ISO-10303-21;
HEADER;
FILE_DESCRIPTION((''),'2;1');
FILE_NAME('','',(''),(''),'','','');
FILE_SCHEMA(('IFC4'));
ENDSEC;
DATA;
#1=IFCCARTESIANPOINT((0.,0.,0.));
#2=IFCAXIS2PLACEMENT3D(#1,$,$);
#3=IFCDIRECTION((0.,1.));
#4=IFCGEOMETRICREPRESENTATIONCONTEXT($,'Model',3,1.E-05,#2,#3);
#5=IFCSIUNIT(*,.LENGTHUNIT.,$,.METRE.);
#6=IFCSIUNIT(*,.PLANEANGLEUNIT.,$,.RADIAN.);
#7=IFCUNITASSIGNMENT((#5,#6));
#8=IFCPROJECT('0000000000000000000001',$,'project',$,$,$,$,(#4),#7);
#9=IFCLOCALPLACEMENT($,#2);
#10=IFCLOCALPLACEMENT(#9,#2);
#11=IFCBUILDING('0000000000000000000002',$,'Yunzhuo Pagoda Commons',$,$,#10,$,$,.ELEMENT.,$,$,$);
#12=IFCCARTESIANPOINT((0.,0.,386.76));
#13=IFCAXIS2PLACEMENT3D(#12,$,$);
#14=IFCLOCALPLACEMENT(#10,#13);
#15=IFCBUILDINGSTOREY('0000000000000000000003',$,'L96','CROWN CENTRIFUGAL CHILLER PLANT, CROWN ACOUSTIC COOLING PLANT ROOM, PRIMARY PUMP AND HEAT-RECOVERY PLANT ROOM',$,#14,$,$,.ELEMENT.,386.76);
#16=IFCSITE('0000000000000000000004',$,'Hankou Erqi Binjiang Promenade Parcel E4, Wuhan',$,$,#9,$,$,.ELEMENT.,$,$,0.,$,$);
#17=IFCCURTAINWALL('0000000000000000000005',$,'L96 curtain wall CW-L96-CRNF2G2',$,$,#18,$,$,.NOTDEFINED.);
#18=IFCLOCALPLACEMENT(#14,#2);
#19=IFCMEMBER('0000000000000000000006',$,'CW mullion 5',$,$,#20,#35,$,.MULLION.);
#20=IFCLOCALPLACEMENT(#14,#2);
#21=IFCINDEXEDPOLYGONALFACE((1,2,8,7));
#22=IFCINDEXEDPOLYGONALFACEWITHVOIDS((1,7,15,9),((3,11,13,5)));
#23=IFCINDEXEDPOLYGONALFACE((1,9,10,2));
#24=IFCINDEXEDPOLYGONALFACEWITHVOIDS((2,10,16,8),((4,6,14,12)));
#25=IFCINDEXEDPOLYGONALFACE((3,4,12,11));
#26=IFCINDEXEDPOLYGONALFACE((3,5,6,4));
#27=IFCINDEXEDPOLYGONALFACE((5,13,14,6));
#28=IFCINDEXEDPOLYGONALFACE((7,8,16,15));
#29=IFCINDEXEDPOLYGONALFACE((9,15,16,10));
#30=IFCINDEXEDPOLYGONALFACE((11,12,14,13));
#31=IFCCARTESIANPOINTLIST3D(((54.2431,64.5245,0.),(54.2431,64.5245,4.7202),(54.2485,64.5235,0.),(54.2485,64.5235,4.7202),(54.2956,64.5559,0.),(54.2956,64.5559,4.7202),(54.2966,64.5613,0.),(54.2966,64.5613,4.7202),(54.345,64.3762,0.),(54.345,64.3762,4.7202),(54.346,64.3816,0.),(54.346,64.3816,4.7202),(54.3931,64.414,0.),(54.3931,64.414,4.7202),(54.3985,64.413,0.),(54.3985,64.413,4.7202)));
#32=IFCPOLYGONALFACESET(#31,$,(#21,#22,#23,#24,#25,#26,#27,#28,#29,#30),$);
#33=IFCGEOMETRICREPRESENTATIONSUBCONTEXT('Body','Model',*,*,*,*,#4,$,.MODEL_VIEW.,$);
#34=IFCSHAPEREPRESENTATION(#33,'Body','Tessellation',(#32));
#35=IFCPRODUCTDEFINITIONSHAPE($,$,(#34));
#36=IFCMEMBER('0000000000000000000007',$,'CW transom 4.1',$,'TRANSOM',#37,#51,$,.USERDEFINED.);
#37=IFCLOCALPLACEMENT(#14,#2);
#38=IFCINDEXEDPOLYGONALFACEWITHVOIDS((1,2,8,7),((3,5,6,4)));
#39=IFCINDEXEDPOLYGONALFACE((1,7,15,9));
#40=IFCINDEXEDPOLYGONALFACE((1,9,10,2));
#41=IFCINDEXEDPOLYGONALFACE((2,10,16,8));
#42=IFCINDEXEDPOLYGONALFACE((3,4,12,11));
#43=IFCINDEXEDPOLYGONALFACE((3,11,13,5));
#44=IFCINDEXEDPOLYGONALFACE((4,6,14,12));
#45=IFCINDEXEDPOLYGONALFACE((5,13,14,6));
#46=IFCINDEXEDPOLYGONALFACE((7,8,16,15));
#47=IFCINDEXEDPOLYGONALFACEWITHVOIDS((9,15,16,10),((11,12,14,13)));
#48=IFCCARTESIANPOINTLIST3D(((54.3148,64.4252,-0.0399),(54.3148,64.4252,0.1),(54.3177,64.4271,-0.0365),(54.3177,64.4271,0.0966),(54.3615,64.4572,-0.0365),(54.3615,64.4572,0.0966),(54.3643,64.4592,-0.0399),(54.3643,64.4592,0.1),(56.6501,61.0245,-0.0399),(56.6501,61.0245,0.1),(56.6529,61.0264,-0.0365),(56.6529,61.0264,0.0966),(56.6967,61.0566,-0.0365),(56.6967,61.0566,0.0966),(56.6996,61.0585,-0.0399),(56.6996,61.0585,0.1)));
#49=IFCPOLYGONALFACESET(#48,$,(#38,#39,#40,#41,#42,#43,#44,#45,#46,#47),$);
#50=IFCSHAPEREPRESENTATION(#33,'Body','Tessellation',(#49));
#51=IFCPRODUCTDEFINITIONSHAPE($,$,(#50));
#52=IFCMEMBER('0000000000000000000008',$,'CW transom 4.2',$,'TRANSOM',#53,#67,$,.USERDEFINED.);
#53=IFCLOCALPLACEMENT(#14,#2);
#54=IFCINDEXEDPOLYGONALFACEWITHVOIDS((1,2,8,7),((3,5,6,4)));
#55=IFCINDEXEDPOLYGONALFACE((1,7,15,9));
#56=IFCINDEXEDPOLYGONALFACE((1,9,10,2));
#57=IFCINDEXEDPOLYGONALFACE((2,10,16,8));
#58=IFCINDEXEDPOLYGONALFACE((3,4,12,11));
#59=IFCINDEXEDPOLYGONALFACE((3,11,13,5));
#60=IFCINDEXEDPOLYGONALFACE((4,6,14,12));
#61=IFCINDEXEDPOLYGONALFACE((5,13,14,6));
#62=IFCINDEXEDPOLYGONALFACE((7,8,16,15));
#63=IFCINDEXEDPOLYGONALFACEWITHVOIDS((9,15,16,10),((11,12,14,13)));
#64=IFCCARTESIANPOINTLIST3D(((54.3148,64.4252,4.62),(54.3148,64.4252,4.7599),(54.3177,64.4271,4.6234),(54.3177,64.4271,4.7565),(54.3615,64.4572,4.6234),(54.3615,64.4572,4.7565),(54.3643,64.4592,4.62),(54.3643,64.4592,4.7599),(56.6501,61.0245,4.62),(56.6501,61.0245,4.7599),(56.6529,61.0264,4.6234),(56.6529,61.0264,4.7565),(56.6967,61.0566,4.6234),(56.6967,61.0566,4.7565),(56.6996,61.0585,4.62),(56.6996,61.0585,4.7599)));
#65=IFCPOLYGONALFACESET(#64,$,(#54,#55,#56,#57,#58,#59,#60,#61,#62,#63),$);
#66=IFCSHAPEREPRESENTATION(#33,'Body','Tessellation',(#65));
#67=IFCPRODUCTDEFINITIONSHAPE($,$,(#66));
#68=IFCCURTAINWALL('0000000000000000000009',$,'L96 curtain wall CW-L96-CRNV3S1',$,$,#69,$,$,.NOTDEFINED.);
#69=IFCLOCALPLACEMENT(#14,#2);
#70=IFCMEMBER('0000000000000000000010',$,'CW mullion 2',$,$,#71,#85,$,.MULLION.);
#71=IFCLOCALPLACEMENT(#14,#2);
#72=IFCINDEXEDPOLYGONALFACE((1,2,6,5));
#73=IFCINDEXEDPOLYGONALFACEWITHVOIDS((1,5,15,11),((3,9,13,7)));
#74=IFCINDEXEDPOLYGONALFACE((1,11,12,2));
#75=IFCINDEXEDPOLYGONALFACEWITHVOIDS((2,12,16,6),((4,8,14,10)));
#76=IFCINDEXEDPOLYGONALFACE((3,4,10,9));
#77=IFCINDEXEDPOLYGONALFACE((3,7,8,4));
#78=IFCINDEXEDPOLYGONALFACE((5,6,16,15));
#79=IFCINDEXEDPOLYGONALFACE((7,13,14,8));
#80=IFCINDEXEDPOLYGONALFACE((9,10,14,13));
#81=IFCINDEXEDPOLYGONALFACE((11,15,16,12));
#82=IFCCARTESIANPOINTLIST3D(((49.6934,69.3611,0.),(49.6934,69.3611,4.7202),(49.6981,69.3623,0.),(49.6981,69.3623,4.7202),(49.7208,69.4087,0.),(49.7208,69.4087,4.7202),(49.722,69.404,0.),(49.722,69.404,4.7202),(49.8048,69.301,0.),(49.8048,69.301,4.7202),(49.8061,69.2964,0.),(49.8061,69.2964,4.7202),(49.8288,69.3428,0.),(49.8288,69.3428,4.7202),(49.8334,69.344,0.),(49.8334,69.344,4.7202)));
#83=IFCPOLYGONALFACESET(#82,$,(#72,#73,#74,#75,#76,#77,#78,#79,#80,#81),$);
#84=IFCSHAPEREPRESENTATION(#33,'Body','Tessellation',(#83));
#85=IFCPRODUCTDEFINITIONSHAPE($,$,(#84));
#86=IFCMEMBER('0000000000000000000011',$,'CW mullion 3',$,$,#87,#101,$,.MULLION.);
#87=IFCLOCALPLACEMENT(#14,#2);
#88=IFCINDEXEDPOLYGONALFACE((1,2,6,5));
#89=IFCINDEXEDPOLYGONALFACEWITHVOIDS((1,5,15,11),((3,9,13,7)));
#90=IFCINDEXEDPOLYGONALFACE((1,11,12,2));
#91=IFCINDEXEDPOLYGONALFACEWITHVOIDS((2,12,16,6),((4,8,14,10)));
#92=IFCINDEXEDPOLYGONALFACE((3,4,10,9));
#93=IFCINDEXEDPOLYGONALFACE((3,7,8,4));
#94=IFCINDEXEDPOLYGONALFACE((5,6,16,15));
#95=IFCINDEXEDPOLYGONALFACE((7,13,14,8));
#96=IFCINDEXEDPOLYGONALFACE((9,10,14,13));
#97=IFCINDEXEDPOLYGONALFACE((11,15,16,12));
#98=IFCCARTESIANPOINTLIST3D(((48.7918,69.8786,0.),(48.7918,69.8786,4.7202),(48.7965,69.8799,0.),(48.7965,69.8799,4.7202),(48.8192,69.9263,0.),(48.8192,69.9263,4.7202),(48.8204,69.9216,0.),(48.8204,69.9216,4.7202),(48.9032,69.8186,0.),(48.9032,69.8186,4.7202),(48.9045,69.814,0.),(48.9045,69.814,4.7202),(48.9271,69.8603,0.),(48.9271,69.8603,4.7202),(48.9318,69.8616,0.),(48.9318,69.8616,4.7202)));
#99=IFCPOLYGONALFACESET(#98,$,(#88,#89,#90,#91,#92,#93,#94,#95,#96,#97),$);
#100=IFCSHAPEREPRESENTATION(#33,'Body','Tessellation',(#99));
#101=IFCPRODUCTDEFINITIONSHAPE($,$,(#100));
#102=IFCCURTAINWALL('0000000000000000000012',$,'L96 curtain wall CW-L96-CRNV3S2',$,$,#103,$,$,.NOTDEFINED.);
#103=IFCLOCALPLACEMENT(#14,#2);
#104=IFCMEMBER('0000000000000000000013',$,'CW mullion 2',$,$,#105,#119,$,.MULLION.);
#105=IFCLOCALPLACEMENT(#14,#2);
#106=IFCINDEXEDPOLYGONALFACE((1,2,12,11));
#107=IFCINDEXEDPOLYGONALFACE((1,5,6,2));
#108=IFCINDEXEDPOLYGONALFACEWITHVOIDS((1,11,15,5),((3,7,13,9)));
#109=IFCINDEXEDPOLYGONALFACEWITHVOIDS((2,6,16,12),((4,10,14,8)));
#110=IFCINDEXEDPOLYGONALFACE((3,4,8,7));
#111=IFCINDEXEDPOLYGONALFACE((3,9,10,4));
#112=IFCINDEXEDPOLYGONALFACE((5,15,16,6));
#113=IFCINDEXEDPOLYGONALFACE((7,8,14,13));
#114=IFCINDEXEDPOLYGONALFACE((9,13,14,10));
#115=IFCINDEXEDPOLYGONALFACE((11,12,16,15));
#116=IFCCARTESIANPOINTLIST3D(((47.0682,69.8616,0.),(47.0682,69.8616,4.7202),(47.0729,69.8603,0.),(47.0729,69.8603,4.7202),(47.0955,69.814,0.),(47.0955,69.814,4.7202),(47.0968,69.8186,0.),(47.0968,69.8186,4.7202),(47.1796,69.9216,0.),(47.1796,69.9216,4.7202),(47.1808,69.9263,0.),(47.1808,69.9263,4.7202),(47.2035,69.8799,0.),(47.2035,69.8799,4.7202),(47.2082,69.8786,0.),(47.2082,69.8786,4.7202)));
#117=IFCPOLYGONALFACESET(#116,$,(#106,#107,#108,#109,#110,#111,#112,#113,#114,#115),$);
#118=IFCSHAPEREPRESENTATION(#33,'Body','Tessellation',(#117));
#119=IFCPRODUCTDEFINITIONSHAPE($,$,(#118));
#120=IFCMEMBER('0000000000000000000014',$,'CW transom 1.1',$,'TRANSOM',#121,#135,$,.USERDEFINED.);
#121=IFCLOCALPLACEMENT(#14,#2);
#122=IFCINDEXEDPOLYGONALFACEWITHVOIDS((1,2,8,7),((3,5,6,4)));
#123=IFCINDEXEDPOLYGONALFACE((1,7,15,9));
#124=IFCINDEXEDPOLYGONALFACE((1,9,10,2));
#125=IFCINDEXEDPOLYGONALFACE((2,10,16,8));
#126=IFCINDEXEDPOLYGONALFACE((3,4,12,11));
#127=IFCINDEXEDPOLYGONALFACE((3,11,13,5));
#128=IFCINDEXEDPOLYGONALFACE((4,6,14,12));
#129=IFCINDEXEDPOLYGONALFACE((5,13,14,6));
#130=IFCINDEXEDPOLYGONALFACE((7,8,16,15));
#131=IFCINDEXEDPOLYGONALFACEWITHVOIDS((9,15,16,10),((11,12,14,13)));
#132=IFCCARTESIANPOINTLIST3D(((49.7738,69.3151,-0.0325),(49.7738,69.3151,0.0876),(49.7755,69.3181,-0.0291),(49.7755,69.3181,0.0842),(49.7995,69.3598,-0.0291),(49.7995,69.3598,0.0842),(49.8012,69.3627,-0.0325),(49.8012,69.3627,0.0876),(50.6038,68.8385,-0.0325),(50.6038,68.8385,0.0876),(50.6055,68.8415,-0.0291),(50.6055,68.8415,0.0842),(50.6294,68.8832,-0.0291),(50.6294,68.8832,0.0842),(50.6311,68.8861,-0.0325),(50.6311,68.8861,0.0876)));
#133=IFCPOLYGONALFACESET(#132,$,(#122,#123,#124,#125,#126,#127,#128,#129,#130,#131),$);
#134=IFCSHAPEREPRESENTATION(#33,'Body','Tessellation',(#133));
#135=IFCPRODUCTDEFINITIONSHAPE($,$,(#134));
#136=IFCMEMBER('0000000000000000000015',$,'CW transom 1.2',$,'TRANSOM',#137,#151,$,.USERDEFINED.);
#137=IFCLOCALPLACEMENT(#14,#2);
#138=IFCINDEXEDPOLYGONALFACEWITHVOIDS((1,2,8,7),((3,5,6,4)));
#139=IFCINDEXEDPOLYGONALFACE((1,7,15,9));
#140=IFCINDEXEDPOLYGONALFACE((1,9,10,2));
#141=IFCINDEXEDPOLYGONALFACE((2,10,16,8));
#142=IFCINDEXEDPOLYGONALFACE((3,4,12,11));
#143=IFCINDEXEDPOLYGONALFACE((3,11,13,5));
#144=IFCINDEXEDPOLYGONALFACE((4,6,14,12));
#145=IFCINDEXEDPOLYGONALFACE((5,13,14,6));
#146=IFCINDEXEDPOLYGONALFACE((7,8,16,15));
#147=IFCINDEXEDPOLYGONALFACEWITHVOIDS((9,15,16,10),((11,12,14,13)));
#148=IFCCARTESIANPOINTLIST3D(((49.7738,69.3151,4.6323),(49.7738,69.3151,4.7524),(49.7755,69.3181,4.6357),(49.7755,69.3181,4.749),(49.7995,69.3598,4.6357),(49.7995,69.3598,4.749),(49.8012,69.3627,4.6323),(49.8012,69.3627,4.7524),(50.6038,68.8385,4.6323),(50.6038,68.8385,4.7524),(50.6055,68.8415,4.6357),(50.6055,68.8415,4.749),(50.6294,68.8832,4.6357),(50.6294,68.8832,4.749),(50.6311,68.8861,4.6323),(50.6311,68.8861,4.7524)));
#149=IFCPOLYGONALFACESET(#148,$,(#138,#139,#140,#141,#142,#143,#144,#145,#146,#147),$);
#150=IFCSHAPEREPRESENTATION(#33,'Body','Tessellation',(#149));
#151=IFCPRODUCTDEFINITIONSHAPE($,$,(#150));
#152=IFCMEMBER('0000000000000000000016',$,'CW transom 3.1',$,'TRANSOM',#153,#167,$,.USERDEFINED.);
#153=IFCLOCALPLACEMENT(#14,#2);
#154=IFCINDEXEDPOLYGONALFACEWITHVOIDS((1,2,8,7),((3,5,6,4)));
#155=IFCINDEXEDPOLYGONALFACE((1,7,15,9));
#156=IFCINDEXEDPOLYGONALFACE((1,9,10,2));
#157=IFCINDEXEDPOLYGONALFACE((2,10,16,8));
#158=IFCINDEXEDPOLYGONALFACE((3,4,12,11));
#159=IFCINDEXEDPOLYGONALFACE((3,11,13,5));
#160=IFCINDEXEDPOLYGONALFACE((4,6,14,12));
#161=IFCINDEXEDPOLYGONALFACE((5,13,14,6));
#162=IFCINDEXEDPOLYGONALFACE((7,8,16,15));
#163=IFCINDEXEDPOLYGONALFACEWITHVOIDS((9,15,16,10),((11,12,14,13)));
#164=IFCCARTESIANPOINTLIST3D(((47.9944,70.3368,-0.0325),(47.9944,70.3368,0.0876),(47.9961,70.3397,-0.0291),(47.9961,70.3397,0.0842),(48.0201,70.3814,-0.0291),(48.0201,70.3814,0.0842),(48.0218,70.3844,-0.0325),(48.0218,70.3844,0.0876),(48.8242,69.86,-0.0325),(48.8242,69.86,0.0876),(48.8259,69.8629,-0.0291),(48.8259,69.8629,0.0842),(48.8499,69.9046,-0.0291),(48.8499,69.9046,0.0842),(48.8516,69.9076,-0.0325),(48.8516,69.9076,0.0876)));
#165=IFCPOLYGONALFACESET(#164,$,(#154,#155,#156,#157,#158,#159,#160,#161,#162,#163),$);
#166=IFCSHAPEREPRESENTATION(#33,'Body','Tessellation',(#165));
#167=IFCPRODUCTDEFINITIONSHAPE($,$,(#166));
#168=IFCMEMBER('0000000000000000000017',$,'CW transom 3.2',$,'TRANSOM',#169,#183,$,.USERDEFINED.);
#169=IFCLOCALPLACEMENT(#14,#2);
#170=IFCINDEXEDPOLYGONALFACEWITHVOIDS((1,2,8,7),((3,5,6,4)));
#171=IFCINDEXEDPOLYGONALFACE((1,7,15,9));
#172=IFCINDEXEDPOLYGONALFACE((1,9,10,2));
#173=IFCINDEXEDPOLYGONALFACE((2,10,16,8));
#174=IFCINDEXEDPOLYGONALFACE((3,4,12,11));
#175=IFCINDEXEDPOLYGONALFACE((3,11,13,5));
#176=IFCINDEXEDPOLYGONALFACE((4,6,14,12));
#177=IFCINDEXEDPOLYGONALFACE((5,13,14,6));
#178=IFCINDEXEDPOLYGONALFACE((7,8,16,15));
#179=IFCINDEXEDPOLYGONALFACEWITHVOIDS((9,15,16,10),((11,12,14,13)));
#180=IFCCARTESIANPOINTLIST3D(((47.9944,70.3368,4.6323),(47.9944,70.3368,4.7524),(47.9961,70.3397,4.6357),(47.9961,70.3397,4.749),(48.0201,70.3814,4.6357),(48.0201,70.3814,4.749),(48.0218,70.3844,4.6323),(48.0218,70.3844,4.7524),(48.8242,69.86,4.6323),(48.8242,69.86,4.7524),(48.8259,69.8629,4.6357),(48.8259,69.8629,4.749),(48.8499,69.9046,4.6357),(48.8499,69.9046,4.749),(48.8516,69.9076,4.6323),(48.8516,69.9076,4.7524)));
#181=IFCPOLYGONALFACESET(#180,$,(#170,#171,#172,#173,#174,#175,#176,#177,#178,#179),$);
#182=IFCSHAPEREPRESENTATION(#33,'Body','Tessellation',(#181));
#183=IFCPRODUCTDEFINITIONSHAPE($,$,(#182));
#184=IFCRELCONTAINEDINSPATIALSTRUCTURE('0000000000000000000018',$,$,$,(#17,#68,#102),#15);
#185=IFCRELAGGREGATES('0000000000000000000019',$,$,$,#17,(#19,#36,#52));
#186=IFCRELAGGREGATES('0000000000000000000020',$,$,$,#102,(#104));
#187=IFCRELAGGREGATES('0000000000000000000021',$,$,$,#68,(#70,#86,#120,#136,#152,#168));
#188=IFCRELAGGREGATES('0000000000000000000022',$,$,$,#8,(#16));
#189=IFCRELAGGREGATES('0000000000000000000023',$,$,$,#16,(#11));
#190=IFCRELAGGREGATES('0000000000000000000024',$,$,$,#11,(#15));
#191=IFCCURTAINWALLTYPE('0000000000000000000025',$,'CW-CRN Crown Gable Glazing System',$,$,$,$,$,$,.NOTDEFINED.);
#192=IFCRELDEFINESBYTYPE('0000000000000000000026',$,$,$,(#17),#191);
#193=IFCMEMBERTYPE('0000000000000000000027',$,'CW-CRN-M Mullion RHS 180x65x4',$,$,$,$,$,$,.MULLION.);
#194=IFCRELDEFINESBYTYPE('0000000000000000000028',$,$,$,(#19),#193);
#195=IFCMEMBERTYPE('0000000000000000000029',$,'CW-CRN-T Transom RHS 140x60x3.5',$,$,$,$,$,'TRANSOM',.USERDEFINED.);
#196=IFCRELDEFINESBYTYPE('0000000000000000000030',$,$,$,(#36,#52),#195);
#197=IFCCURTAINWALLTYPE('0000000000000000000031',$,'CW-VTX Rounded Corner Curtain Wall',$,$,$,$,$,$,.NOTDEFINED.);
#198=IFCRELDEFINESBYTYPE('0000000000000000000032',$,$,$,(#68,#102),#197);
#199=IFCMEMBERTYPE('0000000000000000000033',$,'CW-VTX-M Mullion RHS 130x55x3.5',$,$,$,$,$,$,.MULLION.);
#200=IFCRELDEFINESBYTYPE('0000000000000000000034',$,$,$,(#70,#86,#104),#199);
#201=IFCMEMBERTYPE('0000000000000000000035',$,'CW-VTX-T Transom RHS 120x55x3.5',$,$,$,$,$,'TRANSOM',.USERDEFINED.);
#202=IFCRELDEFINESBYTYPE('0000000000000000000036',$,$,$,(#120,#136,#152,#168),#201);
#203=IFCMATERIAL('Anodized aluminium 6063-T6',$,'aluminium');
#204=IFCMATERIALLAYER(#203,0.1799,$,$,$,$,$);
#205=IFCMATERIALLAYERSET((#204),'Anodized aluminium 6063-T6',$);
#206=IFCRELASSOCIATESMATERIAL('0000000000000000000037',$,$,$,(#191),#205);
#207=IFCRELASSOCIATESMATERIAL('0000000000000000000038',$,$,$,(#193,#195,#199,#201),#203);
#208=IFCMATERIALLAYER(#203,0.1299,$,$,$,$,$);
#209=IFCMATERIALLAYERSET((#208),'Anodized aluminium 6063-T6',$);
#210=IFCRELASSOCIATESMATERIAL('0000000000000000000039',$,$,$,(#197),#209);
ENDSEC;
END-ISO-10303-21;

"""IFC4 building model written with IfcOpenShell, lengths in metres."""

from ifc_helpers import new_model, si_unit, direction, frame, origin, origin_2d, place, context, subcontext, project, spatial, hollow_rectangle, extrude, source, transform, mapped, material, layer, layer_set, material_profile, profile_set, type_object, element, aggregate, save


model = new_model("IFC4")

# Units and contexts
model_context = context("Model", 3, precision=1e-05, world=origin(), true_north=direction((0.0, 1.0)))
body_context = subcontext(model_context, "Body", "Model", "MODEL_VIEW")
ifc_project = project(units=[si_unit("LENGTHUNIT", "METRE"), si_unit("PLANEANGLEUNIT", "RADIAN")], contexts=[model_context])

# Site, building, storey
site_placement = place(None, origin())
site = spatial("IfcSite", under=ifc_project, at=site_placement, Name="Hankou Erqi Binjiang Promenade Parcel E4, Wuhan", CompositionType="ELEMENT", RefElevation=0.0)
building_placement = place(site_placement, origin())
building = spatial("IfcBuilding", under=site, at=building_placement, Name="Yunzhuo Pagoda Commons", CompositionType="ELEMENT")
storey_placement = place(building_placement, frame((0.0, 0.0, 386.76)))
storey = spatial("IfcBuildingStorey", under=building, at=storey_placement, Name="L96", Description="CROWN CENTRIFUGAL CHILLER PLANT, CROWN ACOUSTIC COOLING PLANT ROOM, PRIMARY PUMP AND HEAT-RECOVERY PLANT ROOM", CompositionType="ELEMENT", Elevation=386.76)

# Curtain walls, members
ifc_material_1 = material(Name="Anodized aluminium 6063-T6", Category="aluminium")
ifc_layer_1 = layer(ifc_material_1, 0.1799)
ifc_layer_set_1 = layer_set([ifc_layer_1], Name="Anodized aluminium 6063-T6")
curtain_wall_type_1 = type_object("IfcCurtainWallType", Name="CW-CRN Crown Gable Glazing System", PredefinedType="NOTDEFINED", material=ifc_layer_set_1)
curtain_wall_1_placement = place(storey_placement, origin())
curtain_wall_1 = element("IfcCurtainWall", 1, at=curtain_wall_1_placement, inside=storey, type_object=curtain_wall_type_1, Name="L96 curtain wall CW-L96-CRNF2G2", PredefinedType="NOTDEFINED")
ifc_material_profile_1 = material_profile(ifc_material_1, hollow_rectangle(XDim=0.0649, YDim=0.1799, WallThickness=0.0039, at=origin_2d()), Name="Anodized aluminium 6063-T6")
ifc_profile_set_1 = profile_set([ifc_material_profile_1], Name="Anodized aluminium 6063-T6")
member_type_1 = type_object("IfcMemberType", Name="CW-CRN-M Mullion RHS 180x65x4", PredefinedType="MULLION", material=ifc_profile_set_1)
shared_shape_1 = source(origin(), body_context, "Body", "SweptSolid", [
    extrude(hollow_rectangle(XDim=0.0649, YDim=0.1799, WallThickness=0.0039, at=origin_2d()), origin(), (0.0, 0.0, 1.0), 4.7202),
])
member_1_placement = place(storey_placement, frame((54.3208, 64.4688, 0.0), z_axis=(0.0, 0.0, 1.0), x_axis=(-0.824296, -0.566159, 0.0)))
member_1 = element("IfcMember", 2, at=member_1_placement, type_object=member_type_1, Name="CW mullion 5", PredefinedType="MULLION", context=body_context, shape_type="MappedRepresentation", body=[
    mapped(shared_shape_1, transform((0.0, 0.0, 0.0), scale=1.0)),
])
ifc_material_profile_2 = material_profile(ifc_material_1, hollow_rectangle(XDim=0.0601, YDim=0.1399, WallThickness=0.0034, at=origin_2d()), Name="Anodized aluminium 6063-T6")
ifc_profile_set_2 = profile_set([ifc_material_profile_2], Name="Anodized aluminium 6063-T6")
member_type_2 = type_object("IfcMemberType", Name="CW-CRN-T Transom RHS 140x60x3.5", ElementType="TRANSOM", PredefinedType="USERDEFINED", material=ifc_profile_set_2)
shared_shape_2 = source(origin(), body_context, "Body", "SweptSolid", [
    extrude(hollow_rectangle(XDim=0.0601, YDim=0.1399, WallThickness=0.0034, at=origin_2d()), origin(), (0.0, 0.0, 1.0), 4.1252),
])
member_2_placement = place(storey_placement, frame((56.6748, 61.0415, 0.03), z_axis=(-0.566079, 0.824351, 0.0), x_axis=(-0.824351, -0.566079, 0.0)))
member_2 = element("IfcMember", 3, at=member_2_placement, type_object=member_type_2, Name="CW transom 4.1", ObjectType="TRANSOM", PredefinedType="USERDEFINED", context=body_context, shape_type="MappedRepresentation", body=[
    mapped(shared_shape_2, transform((0.0, 0.0, 0.0), scale=1.0)),
])
member_3_placement = place(storey_placement, frame((56.6748, 61.0415, 4.6899), z_axis=(-0.566079, 0.824351, 0.0), x_axis=(-0.824351, -0.566079, 0.0)))
member_3 = element("IfcMember", 4, at=member_3_placement, type_object=member_type_2, Name="CW transom 4.2", ObjectType="TRANSOM", PredefinedType="USERDEFINED", context=body_context, shape_type="MappedRepresentation", body=[
    mapped(shared_shape_2, transform((0.0, 0.0, 0.0), scale=1.0)),
])
ifc_layer_2 = layer(ifc_material_1, 0.1299)
ifc_layer_set_2 = layer_set([ifc_layer_2], Name="Anodized aluminium 6063-T6")
curtain_wall_type_2 = type_object("IfcCurtainWallType", Name="CW-VTX Rounded Corner Curtain Wall", PredefinedType="NOTDEFINED", material=ifc_layer_set_2)
curtain_wall_2_placement = place(storey_placement, origin())
curtain_wall_2 = element("IfcCurtainWall", 5, at=curtain_wall_2_placement, inside=storey, type_object=curtain_wall_type_2, Name="L96 curtain wall CW-L96-CRNV3S1", PredefinedType="NOTDEFINED")
ifc_material_profile_3 = material_profile(ifc_material_1, hollow_rectangle(XDim=0.0549, YDim=0.1299, WallThickness=0.0034, at=origin_2d()), Name="Anodized aluminium 6063-T6")
ifc_profile_set_3 = profile_set([ifc_material_profile_3], Name="Anodized aluminium 6063-T6")
member_type_3 = type_object("IfcMemberType", Name="CW-VTX-M Mullion RHS 130x55x3.5", PredefinedType="MULLION", material=ifc_profile_set_3)
shared_shape_3 = source(origin(), body_context, "Body", "SweptSolid", [
    extrude(hollow_rectangle(XDim=0.0549, YDim=0.1299, WallThickness=0.0034, at=origin_2d()), origin(), (0.0, 0.0, 1.0), 4.7202),
])
member_4_placement = place(storey_placement, frame((49.7634, 69.3525, 0.0), z_axis=(0.0, 0.0, 1.0), x_axis=(-0.497937, -0.867213, 0.0)))
member_4 = element("IfcMember", 6, at=member_4_placement, type_object=member_type_3, Name="CW mullion 2", PredefinedType="MULLION", context=body_context, shape_type="MappedRepresentation", body=[
    mapped(shared_shape_3, transform((0.0, 0.0, 0.0), scale=1.0)),
])
member_5_placement = place(storey_placement, frame((48.8618, 69.8701, 0.0), z_axis=(0.0, 0.0, 1.0), x_axis=(-0.497937, -0.867213, 0.0)))
member_5 = element("IfcMember", 7, at=member_5_placement, type_object=member_type_3, Name="CW mullion 3", PredefinedType="MULLION", context=body_context, shape_type="MappedRepresentation", body=[
    mapped(shared_shape_3, transform((0.0, 0.0, 0.0), scale=1.0)),
])

# Curtain wall, member
curtain_wall_3_placement = place(storey_placement, origin())
curtain_wall_3 = element("IfcCurtainWall", 8, at=curtain_wall_3_placement, inside=storey, type_object=curtain_wall_type_2, Name="L96 curtain wall CW-L96-CRNV3S2", PredefinedType="NOTDEFINED")
member_6_placement = place(storey_placement, frame((47.1382, 69.8701, 0.0), z_axis=(0.0, 0.0, 1.0), x_axis=(0.497937, -0.867213, 0.0)))
member_6 = element("IfcMember", 9, at=member_6_placement, type_object=member_type_3, Name="CW mullion 2", PredefinedType="MULLION", context=body_context, shape_type="MappedRepresentation", body=[
    mapped(shared_shape_3, transform((0.0, 0.0, 0.0), scale=1.0)),
])

# Members
ifc_material_profile_4 = material_profile(ifc_material_1, hollow_rectangle(XDim=0.0549, YDim=0.1201, WallThickness=0.0034, at=origin_2d()), Name="Anodized aluminium 6063-T6")
ifc_profile_set_4 = profile_set([ifc_material_profile_4], Name="Anodized aluminium 6063-T6")
member_type_4 = type_object("IfcMemberType", Name="CW-VTX-T Transom RHS 120x55x3.5", ElementType="TRANSOM", PredefinedType="USERDEFINED", material=ifc_profile_set_4)
shared_shape_4 = source(origin(), body_context, "Body", "SweptSolid", [
    extrude(hollow_rectangle(XDim=0.0549, YDim=0.1201, WallThickness=0.0034, at=origin_2d()), origin(), (0.0, 0.0, 1.0), 0.957),
])
member_7_placement = place(storey_placement, frame((50.6174, 68.8623, 0.0276), z_axis=(-0.867174, 0.498006, 0.0), x_axis=(-0.498006, -0.867174, 0.0)))
member_7 = element("IfcMember", 10, at=member_7_placement, type_object=member_type_4, Name="CW transom 1.1", ObjectType="TRANSOM", PredefinedType="USERDEFINED", context=body_context, shape_type="MappedRepresentation", body=[
    mapped(shared_shape_4, transform((0.0, 0.0, 0.0), scale=1.0)),
])
member_8_placement = place(storey_placement, frame((50.6174, 68.8623, 4.6924), z_axis=(-0.867174, 0.498006, 0.0), x_axis=(-0.498006, -0.867174, 0.0)))
member_8 = element("IfcMember", 11, at=member_8_placement, type_object=member_type_4, Name="CW transom 1.2", ObjectType="TRANSOM", PredefinedType="USERDEFINED", context=body_context, shape_type="MappedRepresentation", body=[
    mapped(shared_shape_4, transform((0.0, 0.0, 0.0), scale=1.0)),
])
member_9_placement = place(storey_placement, frame((48.8379, 69.8838, 0.0276), z_axis=(-0.867063, 0.498198, 0.0), x_axis=(-0.498198, -0.867063, 0.0)))
member_9 = element("IfcMember", 12, at=member_9_placement, type_object=member_type_4, Name="CW transom 3.1", ObjectType="TRANSOM", PredefinedType="USERDEFINED", context=body_context, shape_type="MappedRepresentation", body=[
    mapped(shared_shape_4, transform((0.0, 0.0, 0.0), scale=1.0)),
])
member_10_placement = place(storey_placement, frame((48.8379, 69.8838, 4.6924), z_axis=(-0.867063, 0.498198, 0.0), x_axis=(-0.498198, -0.867063, 0.0)))
member_10 = element("IfcMember", 13, at=member_10_placement, type_object=member_type_4, Name="CW transom 3.2", ObjectType="TRANSOM", PredefinedType="USERDEFINED", context=body_context, shape_type="MappedRepresentation", body=[
    mapped(shared_shape_4, transform((0.0, 0.0, 0.0), scale=1.0)),
])

aggregate(curtain_wall_1, [member_1, member_2, member_3])
aggregate(curtain_wall_3, [member_6])
aggregate(curtain_wall_2, [member_4, member_5, member_7, member_8, member_9, member_10])

save(model, "model.ifc")
